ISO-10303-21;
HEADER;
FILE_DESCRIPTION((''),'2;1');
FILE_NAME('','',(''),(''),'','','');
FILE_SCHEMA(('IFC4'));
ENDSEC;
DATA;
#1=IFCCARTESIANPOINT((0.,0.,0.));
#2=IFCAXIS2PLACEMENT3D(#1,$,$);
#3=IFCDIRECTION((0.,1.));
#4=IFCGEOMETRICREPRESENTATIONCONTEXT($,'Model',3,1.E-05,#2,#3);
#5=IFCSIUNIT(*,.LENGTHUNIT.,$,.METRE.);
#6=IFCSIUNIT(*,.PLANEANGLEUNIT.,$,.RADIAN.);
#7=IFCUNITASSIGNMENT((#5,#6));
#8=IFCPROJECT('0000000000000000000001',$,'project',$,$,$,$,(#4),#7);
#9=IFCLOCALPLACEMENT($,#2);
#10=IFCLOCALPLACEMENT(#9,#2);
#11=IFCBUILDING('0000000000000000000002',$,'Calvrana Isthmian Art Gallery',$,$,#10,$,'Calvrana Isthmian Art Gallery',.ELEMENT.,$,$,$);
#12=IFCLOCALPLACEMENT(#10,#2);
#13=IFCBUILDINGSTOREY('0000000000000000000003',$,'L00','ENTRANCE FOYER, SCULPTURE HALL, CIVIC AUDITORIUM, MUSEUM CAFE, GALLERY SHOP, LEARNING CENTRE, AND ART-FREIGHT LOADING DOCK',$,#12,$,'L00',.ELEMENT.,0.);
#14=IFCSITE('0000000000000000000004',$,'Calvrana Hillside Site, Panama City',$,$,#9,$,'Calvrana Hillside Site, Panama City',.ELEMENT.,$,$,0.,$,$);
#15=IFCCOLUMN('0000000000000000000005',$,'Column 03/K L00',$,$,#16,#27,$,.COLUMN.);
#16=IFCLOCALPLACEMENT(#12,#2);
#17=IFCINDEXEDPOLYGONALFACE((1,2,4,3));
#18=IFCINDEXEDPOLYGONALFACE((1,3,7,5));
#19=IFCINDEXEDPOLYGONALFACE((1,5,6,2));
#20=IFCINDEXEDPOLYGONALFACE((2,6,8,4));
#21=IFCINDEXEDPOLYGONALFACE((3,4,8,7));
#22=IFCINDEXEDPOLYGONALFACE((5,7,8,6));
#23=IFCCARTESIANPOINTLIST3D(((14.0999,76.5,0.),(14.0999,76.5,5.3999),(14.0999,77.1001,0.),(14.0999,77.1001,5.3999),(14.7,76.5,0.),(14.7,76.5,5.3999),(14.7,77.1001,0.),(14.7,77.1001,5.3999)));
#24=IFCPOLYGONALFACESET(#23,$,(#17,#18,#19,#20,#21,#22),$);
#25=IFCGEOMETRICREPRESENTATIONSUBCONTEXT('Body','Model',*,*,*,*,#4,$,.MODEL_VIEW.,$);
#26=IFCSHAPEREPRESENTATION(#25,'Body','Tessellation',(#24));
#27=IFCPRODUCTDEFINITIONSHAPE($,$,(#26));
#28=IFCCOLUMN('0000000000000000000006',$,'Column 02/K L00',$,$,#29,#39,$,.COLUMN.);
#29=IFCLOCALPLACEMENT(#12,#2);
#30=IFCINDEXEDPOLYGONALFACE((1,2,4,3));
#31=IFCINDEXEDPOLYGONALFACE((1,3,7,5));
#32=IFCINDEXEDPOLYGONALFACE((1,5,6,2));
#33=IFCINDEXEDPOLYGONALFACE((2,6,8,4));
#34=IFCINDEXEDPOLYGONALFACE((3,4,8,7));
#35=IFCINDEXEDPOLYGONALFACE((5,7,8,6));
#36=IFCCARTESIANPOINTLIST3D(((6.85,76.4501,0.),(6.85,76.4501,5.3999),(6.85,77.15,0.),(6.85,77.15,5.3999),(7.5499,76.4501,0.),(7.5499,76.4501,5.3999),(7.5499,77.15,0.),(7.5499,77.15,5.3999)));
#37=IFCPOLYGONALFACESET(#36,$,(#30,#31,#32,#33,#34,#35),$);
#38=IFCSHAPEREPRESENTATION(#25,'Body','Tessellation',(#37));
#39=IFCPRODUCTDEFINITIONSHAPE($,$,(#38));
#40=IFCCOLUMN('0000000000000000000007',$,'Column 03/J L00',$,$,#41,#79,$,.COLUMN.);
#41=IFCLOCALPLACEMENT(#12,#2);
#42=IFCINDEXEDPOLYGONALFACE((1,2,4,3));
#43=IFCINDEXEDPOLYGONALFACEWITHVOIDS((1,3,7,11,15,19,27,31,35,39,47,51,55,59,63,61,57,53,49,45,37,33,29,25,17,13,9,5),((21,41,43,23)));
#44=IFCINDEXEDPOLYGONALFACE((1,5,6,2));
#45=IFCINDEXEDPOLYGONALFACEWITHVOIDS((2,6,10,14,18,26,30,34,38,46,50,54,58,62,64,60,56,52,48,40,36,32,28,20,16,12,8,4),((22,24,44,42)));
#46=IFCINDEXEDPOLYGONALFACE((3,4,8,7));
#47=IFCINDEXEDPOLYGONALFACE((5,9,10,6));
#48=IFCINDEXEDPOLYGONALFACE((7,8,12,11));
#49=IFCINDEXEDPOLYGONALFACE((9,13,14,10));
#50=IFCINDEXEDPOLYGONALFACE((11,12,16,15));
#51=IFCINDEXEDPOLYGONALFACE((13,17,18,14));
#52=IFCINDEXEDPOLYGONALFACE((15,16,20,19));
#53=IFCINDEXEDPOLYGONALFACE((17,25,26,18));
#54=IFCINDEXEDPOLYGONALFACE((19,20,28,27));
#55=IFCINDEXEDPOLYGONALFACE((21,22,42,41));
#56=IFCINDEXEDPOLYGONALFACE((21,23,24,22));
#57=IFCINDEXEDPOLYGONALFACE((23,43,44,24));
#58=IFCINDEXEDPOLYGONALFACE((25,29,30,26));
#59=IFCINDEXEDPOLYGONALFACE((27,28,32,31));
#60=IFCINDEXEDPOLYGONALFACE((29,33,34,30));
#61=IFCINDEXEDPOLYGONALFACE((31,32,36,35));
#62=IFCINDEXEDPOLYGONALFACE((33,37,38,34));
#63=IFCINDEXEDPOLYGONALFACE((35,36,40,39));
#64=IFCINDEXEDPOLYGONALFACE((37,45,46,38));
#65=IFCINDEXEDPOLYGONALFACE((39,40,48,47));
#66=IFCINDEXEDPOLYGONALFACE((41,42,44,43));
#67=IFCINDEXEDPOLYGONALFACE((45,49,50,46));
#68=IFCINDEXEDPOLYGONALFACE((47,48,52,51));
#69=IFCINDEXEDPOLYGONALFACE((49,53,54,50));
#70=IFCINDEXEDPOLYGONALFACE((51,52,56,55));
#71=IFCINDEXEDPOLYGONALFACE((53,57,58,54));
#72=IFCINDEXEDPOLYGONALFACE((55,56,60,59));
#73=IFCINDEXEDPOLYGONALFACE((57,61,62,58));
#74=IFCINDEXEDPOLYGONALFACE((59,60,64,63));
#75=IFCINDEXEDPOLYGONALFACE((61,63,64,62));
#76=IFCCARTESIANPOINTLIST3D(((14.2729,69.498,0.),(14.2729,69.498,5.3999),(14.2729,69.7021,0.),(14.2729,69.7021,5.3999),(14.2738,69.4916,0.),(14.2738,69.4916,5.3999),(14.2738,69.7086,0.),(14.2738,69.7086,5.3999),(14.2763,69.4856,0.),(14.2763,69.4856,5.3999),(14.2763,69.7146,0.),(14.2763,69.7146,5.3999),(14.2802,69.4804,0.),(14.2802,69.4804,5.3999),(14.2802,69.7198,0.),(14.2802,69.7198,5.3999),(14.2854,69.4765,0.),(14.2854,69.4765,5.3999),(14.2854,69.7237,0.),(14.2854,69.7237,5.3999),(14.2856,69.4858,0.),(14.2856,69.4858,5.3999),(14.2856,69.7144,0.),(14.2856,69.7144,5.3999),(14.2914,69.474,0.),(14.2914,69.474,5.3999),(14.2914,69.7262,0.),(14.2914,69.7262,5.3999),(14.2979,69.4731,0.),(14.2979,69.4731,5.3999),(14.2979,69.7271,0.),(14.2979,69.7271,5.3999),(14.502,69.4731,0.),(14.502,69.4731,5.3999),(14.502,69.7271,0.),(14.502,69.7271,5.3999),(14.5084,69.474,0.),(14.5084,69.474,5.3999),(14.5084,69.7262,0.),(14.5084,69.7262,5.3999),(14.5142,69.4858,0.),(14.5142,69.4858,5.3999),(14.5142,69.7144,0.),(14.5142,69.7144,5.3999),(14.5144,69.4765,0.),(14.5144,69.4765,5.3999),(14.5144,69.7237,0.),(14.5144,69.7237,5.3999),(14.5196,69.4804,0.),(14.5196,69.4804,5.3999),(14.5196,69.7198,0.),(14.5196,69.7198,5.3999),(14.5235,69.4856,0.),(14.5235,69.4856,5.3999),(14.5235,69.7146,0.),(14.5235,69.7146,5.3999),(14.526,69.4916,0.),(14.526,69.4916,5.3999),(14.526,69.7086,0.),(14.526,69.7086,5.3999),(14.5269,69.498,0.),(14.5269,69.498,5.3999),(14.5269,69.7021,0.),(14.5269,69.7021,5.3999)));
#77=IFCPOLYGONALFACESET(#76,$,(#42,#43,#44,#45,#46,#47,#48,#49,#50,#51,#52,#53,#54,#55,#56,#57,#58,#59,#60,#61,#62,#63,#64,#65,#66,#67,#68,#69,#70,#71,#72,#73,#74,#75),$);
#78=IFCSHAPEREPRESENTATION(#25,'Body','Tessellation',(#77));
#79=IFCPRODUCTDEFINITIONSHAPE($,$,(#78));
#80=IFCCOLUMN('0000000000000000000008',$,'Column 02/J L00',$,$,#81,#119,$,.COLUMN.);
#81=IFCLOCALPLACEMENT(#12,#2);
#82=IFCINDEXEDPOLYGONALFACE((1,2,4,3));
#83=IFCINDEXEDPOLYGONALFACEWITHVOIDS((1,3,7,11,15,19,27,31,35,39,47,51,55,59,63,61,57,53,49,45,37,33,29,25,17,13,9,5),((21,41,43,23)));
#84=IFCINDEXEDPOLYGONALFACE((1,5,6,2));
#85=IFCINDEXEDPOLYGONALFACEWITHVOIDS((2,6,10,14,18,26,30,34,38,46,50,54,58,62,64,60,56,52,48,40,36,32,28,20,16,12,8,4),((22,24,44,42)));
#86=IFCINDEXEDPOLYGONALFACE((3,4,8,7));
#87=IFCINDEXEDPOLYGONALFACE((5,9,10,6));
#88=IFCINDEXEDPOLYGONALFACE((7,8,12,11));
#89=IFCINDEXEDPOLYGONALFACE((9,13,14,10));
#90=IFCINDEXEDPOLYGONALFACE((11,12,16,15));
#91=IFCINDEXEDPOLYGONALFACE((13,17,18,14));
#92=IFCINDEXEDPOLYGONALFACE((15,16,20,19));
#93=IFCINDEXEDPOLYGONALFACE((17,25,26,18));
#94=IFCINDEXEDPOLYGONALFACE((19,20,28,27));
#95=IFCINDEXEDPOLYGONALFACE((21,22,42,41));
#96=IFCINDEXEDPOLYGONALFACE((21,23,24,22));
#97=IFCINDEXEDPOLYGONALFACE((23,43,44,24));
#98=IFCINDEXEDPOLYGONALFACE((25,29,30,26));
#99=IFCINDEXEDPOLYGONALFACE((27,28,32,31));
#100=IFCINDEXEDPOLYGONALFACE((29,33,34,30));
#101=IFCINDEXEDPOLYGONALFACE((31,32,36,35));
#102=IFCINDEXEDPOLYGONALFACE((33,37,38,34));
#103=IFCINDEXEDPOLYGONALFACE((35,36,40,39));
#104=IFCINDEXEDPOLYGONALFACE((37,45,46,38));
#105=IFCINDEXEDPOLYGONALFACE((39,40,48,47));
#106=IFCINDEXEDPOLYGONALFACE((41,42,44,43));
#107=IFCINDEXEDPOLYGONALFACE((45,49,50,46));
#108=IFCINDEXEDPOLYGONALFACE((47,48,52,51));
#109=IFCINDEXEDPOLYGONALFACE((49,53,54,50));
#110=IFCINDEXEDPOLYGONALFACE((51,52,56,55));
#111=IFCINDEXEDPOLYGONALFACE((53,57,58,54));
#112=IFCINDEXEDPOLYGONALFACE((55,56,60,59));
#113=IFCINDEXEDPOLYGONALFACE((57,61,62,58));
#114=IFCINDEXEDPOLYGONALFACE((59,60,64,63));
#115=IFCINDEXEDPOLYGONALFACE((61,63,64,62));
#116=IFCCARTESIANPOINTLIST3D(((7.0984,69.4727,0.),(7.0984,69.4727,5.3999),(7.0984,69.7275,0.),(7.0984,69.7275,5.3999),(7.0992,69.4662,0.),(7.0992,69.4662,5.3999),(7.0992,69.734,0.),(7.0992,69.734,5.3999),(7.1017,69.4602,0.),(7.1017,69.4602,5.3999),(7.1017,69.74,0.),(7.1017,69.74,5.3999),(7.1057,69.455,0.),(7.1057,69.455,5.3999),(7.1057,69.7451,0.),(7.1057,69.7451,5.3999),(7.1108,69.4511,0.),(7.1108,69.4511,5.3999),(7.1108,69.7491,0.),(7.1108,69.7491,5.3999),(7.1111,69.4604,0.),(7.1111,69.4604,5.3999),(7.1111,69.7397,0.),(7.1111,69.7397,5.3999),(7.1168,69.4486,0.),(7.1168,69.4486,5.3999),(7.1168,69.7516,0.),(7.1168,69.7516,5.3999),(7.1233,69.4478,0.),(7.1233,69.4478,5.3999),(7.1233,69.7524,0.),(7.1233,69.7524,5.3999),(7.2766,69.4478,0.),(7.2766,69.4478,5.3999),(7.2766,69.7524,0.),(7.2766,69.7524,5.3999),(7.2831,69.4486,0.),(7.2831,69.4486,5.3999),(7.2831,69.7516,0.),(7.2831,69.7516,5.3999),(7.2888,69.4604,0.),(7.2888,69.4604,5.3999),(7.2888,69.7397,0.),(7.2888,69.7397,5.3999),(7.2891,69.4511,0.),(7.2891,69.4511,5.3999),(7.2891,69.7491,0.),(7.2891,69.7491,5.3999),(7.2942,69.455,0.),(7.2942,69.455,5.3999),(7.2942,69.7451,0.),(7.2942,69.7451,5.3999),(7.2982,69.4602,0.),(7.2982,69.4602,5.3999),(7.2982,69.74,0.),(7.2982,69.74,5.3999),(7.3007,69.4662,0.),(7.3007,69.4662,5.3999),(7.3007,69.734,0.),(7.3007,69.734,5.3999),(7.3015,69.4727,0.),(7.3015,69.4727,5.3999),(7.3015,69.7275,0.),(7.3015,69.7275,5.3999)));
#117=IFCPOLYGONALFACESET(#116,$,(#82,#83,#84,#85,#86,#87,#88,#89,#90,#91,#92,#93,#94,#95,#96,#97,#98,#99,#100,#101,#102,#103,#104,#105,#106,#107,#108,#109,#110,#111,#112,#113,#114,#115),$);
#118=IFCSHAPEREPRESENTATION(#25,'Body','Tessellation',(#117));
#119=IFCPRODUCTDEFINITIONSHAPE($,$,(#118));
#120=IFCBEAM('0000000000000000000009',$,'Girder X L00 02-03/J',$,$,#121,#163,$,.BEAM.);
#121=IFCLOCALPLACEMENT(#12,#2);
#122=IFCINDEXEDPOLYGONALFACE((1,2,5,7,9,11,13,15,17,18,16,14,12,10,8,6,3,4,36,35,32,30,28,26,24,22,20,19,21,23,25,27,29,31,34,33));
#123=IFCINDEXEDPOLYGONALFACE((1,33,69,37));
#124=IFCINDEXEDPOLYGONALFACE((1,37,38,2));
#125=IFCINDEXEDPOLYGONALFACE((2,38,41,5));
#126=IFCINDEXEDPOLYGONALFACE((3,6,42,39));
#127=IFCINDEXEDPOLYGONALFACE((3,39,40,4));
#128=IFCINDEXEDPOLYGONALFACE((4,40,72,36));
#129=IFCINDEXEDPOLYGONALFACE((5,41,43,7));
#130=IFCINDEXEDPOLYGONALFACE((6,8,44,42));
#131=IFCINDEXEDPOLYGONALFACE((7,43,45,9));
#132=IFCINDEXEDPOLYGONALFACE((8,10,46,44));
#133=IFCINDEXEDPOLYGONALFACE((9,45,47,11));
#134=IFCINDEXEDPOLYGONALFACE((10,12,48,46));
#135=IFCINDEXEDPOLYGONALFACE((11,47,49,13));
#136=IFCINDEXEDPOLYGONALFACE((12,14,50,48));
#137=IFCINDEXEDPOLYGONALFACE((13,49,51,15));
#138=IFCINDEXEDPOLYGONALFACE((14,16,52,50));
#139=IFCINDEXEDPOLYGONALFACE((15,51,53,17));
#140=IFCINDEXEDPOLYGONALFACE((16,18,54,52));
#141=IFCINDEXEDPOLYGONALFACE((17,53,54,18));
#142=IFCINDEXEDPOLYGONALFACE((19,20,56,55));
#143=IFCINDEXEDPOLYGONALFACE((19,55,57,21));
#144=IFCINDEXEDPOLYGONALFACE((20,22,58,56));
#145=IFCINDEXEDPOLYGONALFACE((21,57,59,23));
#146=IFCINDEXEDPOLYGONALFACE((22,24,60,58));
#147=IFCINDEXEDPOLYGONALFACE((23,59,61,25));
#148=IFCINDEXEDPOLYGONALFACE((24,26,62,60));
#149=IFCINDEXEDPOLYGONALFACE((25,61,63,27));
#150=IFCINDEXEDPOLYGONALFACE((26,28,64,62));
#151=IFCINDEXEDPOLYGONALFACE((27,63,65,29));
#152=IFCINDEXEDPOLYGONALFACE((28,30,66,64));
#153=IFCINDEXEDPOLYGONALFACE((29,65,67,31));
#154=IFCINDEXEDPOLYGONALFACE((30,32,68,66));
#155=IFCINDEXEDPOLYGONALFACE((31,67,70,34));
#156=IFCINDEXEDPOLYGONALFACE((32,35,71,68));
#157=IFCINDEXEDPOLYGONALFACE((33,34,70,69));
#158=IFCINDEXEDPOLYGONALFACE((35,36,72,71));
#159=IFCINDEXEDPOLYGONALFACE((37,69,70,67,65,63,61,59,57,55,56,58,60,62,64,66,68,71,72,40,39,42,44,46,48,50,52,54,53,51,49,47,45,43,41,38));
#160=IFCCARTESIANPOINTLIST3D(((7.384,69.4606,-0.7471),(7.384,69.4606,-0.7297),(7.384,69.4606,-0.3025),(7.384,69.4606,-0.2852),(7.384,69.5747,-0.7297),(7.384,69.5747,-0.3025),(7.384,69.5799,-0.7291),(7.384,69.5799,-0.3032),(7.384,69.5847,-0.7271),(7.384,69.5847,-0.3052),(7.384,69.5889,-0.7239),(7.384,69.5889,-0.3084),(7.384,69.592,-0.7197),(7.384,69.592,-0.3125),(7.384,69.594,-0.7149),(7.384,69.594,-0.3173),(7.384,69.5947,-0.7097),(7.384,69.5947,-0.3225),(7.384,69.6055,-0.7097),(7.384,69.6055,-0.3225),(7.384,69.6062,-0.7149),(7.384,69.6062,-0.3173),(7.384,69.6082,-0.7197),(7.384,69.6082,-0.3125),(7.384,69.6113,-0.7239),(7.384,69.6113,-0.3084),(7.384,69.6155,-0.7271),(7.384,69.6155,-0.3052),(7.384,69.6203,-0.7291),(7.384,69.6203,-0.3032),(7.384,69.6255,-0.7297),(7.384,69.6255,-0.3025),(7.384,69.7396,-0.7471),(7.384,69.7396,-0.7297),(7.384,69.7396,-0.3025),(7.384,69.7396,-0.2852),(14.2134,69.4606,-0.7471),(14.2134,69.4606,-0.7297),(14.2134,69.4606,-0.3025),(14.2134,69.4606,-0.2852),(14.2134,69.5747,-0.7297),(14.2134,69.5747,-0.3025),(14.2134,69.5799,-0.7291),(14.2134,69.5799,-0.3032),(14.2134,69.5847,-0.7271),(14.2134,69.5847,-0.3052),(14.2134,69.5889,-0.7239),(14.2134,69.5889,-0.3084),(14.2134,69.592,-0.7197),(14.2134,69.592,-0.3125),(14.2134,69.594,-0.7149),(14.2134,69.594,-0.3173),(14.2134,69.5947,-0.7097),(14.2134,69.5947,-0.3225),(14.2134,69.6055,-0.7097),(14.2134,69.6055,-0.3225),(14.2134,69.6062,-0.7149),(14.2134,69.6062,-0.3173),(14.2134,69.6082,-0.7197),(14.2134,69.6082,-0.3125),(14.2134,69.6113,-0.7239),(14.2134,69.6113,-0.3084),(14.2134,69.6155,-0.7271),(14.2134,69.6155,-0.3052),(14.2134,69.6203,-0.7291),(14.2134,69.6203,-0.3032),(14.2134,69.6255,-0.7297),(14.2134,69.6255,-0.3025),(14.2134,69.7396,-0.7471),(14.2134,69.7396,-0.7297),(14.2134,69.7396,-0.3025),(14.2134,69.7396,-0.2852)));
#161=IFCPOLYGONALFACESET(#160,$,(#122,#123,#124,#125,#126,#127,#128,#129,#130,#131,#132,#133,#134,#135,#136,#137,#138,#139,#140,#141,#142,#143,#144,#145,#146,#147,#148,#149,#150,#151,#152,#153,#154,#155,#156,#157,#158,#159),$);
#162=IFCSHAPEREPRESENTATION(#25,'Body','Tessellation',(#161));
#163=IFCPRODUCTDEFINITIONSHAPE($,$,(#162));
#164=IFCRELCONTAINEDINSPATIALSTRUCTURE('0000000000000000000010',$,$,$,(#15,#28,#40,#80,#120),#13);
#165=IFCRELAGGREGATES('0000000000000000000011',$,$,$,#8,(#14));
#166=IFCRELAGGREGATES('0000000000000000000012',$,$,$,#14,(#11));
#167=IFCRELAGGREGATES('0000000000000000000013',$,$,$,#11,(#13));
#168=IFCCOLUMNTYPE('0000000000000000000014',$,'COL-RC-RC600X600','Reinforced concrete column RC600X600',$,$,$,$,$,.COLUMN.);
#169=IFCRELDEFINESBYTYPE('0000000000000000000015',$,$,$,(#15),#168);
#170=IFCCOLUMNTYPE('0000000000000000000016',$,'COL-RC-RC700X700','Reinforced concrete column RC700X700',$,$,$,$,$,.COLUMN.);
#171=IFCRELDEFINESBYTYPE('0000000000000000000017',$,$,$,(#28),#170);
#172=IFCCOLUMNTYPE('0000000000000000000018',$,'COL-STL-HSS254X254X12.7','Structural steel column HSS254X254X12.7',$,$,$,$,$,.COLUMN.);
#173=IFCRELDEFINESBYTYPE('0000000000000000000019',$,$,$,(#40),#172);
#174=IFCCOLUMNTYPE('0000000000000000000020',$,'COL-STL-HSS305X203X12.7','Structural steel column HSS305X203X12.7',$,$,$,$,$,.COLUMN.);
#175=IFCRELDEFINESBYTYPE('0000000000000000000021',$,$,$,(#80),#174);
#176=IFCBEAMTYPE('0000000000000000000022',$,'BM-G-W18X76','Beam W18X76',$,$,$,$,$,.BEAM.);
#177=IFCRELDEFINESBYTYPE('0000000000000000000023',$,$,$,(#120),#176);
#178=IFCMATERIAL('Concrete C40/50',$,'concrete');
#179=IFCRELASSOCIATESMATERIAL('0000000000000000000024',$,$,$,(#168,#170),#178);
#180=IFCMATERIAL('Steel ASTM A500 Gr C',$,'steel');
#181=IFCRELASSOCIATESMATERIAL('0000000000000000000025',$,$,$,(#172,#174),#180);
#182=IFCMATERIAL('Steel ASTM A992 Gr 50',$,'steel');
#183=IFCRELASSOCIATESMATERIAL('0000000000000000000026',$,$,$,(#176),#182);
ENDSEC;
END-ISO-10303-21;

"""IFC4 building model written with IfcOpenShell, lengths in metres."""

from ifc_helpers import new_model, si_unit, direction, frame, origin, origin_2d, place, context, subcontext, project, spatial, rectangle, hollow_rectangle, i_section, extrude, material, material_profile, profile_set, type_object, element, save


model = new_model("IFC4")

# Units and contexts
model_context = context("Model", 3, precision=1e-05, world=origin(), true_north=direction((0.0, 1.0)))
body_context = subcontext(model_context, "Body", "Model", "MODEL_VIEW")
ifc_project = project(units=[si_unit("LENGTHUNIT", "METRE"), si_unit("PLANEANGLEUNIT", "RADIAN")], contexts=[model_context])

# Site, building, storey
site_placement = place(None, origin())
site = spatial("IfcSite", under=ifc_project, at=site_placement, Name="Calvrana Hillside Site, Panama City", LongName="Calvrana Hillside Site, Panama City", CompositionType="ELEMENT", RefElevation=0.0)
building_placement = place(site_placement, origin())
building = spatial("IfcBuilding", under=site, at=building_placement, Name="Calvrana Isthmian Art Gallery", LongName="Calvrana Isthmian Art Gallery", CompositionType="ELEMENT")
storey_placement = place(building_placement, origin())
storey = spatial("IfcBuildingStorey", under=building, at=storey_placement, Name="L00", Description="ENTRANCE FOYER, SCULPTURE HALL, CIVIC AUDITORIUM, MUSEUM CAFE, GALLERY SHOP, LEARNING CENTRE, AND ART-FREIGHT LOADING DOCK", LongName="L00", CompositionType="ELEMENT", Elevation=0.0)

# Columns
ifc_material_1 = material(Name="Concrete C40/50", Category="concrete")
ifc_material_profile_1 = material_profile(ifc_material_1, rectangle(XDim=0.6001, YDim=0.6001, at=origin_2d()), Name="RC600X600")
ifc_profile_set_1 = profile_set([ifc_material_profile_1], Name="Concrete C40/50")
column_type_1 = type_object("IfcColumnType", Name="COL-RC-RC600X600", Description="Reinforced concrete column RC600X600", PredefinedType="COLUMN", material=ifc_profile_set_1)
column_1_placement = place(storey_placement, frame((14.3999, 76.8, 0.0), z_axis=(0.0, 0.0, 1.0), x_axis=(1.0, 0.0, 0.0)))
element("IfcColumn", 1, at=column_1_placement, inside=storey, type_object=column_type_1, Name="Column 03/K L00", PredefinedType="COLUMN", context=body_context, shape_type="SweptSolid", body=[
    extrude(rectangle(XDim=0.6001, YDim=0.6001, at=origin_2d()), origin(), (0.0, 0.0, 1.0), 5.3999),
])
ifc_material_profile_2 = material_profile(ifc_material_1, rectangle(XDim=0.7, YDim=0.7, at=origin_2d()), Name="RC700X700")
ifc_profile_set_2 = profile_set([ifc_material_profile_2], Name="Concrete C40/50")
column_type_2 = type_object("IfcColumnType", Name="COL-RC-RC700X700", Description="Reinforced concrete column RC700X700", PredefinedType="COLUMN", material=ifc_profile_set_2)
column_2_placement = place(storey_placement, frame((7.2, 76.8, 0.0), z_axis=(0.0, 0.0, 1.0), x_axis=(1.0, 0.0, 0.0)))
element("IfcColumn", 2, at=column_2_placement, inside=storey, type_object=column_type_2, Name="Column 02/K L00", PredefinedType="COLUMN", context=body_context, shape_type="SweptSolid", body=[
    extrude(rectangle(XDim=0.7, YDim=0.7, at=origin_2d()), origin(), (0.0, 0.0, 1.0), 5.3999),
])
ifc_material_2 = material(Name="Steel ASTM A500 Gr C", Category="steel")
ifc_material_profile_3 = material_profile(ifc_material_2, hollow_rectangle(XDim=0.2539, YDim=0.2539, WallThickness=0.0127, OuterFilletRadius=0.0249, at=origin_2d()), Name="HSS254X254X12.7")
ifc_profile_set_3 = profile_set([ifc_material_profile_3], Name="Steel ASTM A500 Gr C")
column_type_3 = type_object("IfcColumnType", Name="COL-STL-HSS254X254X12.7", Description="Structural steel column HSS254X254X12.7", PredefinedType="COLUMN", material=ifc_profile_set_3)
column_3_placement = place(storey_placement, frame((14.3999, 69.6001, 0.0), z_axis=(0.0, 0.0, 1.0), x_axis=(1.0, 0.0, 0.0)))
element("IfcColumn", 3, at=column_3_placement, inside=storey, type_object=column_type_3, Name="Column 03/J L00", PredefinedType="COLUMN", context=body_context, shape_type="SweptSolid", body=[
    extrude(hollow_rectangle(XDim=0.2539, YDim=0.2539, WallThickness=0.0127, OuterFilletRadius=0.0249, at=origin_2d()), origin(), (0.0, 0.0, 1.0), 5.3999),
])
ifc_material_profile_4 = material_profile(ifc_material_2, hollow_rectangle(XDim=0.2031, YDim=0.3047, WallThickness=0.0127, OuterFilletRadius=0.0249, at=origin_2d()), Name="HSS305X203X12.7")
ifc_profile_set_4 = profile_set([ifc_material_profile_4], Name="Steel ASTM A500 Gr C")
column_type_4 = type_object("IfcColumnType", Name="COL-STL-HSS305X203X12.7", Description="Structural steel column HSS305X203X12.7", PredefinedType="COLUMN", material=ifc_profile_set_4)
column_4_placement = place(storey_placement, frame((7.2, 69.6001, 0.0), z_axis=(0.0, 0.0, 1.0), x_axis=(1.0, 0.0, 0.0)))
element("IfcColumn", 4, at=column_4_placement, inside=storey, type_object=column_type_4, Name="Column 02/J L00", PredefinedType="COLUMN", context=body_context, shape_type="SweptSolid", body=[
    extrude(hollow_rectangle(XDim=0.2031, YDim=0.3047, WallThickness=0.0127, OuterFilletRadius=0.0249, at=origin_2d()), origin(), (0.0, 0.0, 1.0), 5.3999),
])

# Beam
ifc_material_3 = material(Name="Steel ASTM A992 Gr 50", Category="steel")
ifc_material_profile_5 = material_profile(ifc_material_3, i_section(OverallWidth=0.2791, OverallDepth=0.4619, WebThickness=0.0107, FlangeThickness=0.0173, FilletRadius=0.02, at=origin_2d()), Name="W18X76")
ifc_profile_set_5 = profile_set([ifc_material_profile_5], Name="Steel ASTM A992 Gr 50")
beam_type_1 = type_object("IfcBeamType", Name="BM-G-W18X76", Description="Beam W18X76", PredefinedType="BEAM", material=ifc_profile_set_5)
beam_1_placement = place(storey_placement, frame((7.384, 69.6001, -0.5161), z_axis=(1.0, 0.0, 0.0), x_axis=(0.0, 1.0, 0.0)))
element("IfcBeam", 5, at=beam_1_placement, inside=storey, type_object=beam_type_1, Name="Girder X L00 02-03/J", PredefinedType="BEAM", context=body_context, shape_type="SweptSolid", body=[
    extrude(i_section(OverallWidth=0.2791, OverallDepth=0.4619, WebThickness=0.0107, FlangeThickness=0.0173, FilletRadius=0.02, at=origin_2d()), origin(), (0.0, 0.0, 1.0), 6.8293),
])

save(model, "model.ifc")
